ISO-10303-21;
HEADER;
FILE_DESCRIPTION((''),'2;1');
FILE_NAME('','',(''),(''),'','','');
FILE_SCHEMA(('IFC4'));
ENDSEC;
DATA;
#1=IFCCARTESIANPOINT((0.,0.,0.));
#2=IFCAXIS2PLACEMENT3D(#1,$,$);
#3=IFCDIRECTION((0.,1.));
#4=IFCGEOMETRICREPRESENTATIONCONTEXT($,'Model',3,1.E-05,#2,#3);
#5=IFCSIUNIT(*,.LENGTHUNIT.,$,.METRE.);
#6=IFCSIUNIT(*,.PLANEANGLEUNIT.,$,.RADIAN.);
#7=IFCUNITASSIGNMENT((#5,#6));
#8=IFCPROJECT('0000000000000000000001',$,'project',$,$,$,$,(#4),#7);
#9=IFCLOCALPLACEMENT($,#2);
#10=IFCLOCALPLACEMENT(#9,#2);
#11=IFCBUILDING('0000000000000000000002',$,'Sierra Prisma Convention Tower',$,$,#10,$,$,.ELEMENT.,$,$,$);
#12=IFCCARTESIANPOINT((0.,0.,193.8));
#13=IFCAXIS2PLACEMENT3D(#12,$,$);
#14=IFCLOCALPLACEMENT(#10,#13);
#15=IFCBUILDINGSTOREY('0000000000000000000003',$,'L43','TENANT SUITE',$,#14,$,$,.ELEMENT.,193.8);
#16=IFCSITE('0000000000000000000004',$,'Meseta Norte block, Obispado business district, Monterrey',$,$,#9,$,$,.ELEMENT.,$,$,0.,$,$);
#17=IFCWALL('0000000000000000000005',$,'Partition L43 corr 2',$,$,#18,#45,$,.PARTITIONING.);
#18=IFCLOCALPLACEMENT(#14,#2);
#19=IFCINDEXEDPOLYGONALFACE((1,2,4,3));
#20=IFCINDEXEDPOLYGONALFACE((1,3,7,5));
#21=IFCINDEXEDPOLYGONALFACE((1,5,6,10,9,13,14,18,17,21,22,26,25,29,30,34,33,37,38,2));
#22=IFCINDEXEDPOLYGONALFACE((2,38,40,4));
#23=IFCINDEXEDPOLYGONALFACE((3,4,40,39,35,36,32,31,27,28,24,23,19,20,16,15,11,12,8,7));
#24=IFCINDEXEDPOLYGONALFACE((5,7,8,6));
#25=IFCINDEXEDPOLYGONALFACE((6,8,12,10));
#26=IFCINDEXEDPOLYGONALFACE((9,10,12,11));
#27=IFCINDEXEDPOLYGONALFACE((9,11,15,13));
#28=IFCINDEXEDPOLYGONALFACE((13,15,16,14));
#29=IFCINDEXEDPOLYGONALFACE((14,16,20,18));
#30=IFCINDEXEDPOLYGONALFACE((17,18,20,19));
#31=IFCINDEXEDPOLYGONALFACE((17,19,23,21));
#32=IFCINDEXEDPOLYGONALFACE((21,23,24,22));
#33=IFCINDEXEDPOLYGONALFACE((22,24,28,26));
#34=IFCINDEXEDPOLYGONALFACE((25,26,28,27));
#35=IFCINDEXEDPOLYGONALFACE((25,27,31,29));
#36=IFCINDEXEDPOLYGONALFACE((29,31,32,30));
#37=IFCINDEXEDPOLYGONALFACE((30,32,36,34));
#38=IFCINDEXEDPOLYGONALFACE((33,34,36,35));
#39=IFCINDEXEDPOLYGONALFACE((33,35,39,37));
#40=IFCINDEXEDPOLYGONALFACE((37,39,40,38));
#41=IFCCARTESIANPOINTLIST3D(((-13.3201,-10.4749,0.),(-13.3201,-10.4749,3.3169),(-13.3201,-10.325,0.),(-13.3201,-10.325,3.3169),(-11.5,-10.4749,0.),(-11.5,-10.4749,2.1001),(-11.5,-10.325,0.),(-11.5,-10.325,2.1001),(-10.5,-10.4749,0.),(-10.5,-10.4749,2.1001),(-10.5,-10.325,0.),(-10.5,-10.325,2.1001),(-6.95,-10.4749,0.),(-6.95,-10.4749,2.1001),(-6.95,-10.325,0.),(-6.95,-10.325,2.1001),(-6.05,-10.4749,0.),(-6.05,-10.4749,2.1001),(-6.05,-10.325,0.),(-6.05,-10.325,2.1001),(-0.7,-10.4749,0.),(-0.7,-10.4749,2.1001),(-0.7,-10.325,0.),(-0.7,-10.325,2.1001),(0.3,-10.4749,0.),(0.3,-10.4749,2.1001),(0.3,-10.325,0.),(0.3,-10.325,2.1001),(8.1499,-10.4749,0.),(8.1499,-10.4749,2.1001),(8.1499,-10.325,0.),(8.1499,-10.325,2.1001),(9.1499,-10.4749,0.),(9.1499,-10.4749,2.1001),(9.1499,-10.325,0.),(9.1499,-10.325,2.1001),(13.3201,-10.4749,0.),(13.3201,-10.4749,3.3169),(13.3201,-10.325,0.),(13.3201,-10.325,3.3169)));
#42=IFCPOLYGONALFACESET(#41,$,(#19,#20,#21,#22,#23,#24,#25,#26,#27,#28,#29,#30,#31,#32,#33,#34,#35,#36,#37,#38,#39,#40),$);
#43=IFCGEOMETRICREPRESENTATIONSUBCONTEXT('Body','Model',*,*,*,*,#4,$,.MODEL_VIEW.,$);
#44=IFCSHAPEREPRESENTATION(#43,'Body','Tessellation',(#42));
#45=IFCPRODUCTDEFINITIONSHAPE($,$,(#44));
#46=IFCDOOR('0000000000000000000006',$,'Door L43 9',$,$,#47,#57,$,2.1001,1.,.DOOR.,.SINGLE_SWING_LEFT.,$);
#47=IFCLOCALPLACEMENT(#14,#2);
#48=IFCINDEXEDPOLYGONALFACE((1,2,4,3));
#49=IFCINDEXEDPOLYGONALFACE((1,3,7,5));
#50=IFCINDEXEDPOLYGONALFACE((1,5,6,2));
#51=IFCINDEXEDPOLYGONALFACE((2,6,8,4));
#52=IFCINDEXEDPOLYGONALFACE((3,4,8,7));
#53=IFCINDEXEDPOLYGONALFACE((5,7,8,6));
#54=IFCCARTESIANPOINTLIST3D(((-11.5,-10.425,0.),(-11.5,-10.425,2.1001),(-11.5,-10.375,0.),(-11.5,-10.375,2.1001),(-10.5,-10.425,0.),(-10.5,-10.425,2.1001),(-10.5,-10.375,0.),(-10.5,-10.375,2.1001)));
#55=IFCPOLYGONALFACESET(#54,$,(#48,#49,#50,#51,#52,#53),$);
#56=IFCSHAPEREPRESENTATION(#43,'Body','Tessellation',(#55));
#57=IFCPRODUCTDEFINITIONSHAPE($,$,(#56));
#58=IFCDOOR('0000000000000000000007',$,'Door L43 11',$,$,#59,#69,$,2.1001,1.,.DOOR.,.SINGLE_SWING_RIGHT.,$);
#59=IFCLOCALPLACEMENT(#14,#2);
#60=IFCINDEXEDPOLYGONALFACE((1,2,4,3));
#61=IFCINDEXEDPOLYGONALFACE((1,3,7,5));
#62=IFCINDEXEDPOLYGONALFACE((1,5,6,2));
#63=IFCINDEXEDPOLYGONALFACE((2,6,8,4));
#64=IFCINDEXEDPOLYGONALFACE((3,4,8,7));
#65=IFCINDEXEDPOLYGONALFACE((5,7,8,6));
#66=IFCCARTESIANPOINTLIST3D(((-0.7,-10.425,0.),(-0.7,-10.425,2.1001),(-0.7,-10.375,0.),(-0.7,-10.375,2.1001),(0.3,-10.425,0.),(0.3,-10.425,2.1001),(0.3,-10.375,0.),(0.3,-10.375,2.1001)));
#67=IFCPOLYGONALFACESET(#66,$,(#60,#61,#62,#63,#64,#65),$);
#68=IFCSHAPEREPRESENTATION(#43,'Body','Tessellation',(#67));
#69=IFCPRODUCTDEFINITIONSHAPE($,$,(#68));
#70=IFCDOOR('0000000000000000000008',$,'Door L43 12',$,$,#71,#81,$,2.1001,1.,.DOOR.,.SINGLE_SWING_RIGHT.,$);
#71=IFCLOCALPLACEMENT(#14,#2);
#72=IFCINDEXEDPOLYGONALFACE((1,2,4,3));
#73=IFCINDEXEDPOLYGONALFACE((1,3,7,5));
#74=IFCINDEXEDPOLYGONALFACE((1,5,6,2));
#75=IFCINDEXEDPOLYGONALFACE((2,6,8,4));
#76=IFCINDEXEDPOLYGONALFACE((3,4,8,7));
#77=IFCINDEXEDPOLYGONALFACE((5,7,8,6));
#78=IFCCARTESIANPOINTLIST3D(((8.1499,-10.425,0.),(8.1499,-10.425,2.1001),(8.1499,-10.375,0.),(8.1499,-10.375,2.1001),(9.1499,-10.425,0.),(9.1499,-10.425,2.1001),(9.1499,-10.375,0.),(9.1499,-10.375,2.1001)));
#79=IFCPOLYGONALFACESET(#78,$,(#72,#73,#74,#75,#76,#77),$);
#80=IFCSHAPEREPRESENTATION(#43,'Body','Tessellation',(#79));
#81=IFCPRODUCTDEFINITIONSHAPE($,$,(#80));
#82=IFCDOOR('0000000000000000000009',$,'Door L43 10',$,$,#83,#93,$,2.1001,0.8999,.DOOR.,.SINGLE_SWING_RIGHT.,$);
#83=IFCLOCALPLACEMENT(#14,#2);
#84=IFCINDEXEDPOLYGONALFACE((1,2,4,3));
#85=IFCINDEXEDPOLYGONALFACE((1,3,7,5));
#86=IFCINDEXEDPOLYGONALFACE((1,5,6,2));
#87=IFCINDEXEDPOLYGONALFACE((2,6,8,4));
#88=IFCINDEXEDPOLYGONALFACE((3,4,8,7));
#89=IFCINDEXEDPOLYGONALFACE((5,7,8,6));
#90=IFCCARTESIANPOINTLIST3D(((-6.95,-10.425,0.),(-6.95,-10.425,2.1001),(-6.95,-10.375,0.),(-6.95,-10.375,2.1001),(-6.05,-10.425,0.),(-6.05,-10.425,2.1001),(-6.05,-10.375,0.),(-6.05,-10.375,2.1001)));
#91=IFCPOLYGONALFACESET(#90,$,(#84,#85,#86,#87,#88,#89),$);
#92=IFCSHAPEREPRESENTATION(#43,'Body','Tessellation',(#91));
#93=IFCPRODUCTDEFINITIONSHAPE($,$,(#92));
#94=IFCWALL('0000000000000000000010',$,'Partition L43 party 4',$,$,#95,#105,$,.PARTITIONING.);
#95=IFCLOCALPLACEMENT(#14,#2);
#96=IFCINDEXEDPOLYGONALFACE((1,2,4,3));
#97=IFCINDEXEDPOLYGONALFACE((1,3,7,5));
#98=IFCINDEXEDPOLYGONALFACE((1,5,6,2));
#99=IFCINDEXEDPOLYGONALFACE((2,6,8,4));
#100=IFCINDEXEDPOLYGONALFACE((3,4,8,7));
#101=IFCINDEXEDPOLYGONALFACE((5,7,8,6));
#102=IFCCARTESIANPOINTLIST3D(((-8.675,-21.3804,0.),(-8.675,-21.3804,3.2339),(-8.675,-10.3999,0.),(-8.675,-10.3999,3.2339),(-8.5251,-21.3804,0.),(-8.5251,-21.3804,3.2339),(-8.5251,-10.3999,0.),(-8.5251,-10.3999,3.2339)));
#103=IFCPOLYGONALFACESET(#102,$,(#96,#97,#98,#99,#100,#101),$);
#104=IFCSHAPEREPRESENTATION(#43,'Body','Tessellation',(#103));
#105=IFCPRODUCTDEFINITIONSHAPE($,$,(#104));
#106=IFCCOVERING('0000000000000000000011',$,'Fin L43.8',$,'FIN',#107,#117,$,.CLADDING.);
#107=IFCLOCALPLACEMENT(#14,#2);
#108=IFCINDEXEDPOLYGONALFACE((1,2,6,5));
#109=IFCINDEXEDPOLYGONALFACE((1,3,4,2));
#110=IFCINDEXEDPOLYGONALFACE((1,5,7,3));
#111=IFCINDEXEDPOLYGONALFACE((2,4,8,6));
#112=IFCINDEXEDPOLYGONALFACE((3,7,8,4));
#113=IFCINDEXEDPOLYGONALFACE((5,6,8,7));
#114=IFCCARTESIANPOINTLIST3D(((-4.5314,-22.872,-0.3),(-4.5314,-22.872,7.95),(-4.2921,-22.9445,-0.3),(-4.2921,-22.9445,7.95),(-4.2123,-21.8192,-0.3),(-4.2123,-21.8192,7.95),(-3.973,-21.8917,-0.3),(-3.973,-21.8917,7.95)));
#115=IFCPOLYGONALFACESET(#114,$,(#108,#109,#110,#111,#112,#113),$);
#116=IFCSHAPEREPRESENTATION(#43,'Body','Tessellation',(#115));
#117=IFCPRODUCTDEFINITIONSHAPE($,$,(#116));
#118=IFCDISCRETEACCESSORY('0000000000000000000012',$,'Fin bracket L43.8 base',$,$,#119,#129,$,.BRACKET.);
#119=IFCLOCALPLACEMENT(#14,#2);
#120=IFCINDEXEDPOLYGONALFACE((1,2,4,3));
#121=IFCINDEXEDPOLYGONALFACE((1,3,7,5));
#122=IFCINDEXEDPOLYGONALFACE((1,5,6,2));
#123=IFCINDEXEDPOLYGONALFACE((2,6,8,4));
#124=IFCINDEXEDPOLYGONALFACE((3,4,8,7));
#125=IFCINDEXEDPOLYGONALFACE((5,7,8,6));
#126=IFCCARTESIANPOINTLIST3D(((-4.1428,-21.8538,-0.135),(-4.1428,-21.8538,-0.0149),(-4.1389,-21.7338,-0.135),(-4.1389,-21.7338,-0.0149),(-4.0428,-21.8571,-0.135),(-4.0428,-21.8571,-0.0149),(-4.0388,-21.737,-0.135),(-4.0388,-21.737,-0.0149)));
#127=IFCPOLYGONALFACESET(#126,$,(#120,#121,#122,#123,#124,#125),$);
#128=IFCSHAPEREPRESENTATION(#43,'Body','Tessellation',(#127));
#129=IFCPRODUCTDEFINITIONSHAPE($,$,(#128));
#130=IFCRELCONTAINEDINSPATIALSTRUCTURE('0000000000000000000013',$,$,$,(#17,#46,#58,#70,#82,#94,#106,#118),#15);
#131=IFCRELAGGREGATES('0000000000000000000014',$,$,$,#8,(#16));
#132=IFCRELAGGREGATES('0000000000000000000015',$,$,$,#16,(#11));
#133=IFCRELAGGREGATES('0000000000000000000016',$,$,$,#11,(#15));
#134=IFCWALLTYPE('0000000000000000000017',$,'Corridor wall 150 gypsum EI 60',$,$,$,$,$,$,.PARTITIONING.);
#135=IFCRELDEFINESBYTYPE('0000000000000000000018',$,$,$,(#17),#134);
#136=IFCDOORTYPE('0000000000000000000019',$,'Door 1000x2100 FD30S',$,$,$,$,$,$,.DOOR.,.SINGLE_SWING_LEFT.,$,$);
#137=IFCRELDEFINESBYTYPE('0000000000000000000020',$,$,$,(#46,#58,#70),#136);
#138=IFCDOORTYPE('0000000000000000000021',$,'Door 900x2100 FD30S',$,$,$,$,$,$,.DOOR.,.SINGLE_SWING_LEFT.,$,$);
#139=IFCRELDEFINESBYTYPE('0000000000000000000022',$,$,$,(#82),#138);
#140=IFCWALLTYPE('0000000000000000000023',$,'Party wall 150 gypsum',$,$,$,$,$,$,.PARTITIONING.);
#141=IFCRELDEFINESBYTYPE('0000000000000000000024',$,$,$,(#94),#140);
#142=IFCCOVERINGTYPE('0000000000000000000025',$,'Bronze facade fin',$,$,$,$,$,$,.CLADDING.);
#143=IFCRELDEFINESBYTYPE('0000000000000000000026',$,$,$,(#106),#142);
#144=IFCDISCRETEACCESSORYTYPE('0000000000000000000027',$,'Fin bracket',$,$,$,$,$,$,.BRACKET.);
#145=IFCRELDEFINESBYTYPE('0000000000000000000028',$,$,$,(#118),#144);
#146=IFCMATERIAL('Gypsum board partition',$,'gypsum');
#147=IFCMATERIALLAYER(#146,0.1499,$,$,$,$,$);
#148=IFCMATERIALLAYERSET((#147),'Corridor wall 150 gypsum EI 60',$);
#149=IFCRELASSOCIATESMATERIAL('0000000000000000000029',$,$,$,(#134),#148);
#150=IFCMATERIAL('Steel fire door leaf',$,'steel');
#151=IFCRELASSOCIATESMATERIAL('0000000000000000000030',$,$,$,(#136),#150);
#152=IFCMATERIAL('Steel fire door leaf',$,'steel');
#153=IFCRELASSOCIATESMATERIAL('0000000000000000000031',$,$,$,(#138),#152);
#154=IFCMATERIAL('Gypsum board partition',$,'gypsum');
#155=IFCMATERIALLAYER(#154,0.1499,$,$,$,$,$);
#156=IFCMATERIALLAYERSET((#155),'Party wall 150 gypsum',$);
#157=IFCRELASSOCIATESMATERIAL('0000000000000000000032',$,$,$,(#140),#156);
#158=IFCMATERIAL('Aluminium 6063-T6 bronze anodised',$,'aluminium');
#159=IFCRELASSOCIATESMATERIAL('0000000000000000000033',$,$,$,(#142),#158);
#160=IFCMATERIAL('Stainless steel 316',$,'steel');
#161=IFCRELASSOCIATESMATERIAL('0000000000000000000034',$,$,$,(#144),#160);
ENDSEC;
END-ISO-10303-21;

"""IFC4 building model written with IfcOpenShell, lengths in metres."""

from ifc_helpers import new_model, si_unit, direction, frame, frame_2d, origin, origin_2d, place, context, subcontext, project, spatial, rectangle, extrude, material, layer, layer_set, material_profile, profile_set, type_object, element, fill, save


model = new_model("IFC4")

# Units and contexts
model_context = context("Model", 3, precision=1e-05, world=origin(), true_north=direction((0.0, 1.0)))
body_context = subcontext(model_context, "Body", "Model", "MODEL_VIEW")
ifc_project = project(units=[si_unit("LENGTHUNIT", "METRE"), si_unit("PLANEANGLEUNIT", "RADIAN")], contexts=[model_context])

# Site, building, storey
site_placement = place(None, origin())
site = spatial("IfcSite", under=ifc_project, at=site_placement, Name="Meseta Norte block, Obispado business district, Monterrey", CompositionType="ELEMENT", RefElevation=0.0)
building_placement = place(site_placement, origin())
building = spatial("IfcBuilding", under=site, at=building_placement, Name="Sierra Prisma Convention Tower", CompositionType="ELEMENT")
storey_placement = place(building_placement, frame((0.0, 0.0, 193.8)))
storey = spatial("IfcBuildingStorey", under=building, at=storey_placement, Name="L43", Description="TENANT SUITE", CompositionType="ELEMENT", Elevation=193.8)

# Wall, openings, doors
ifc_material_1 = material(Name="Gypsum board partition", Category="gypsum")
ifc_layer_1 = layer(ifc_material_1, 0.1499)
ifc_layer_set_1 = layer_set([ifc_layer_1], Name="Corridor wall 150 gypsum EI 60")
wall_type_1 = type_object("IfcWallType", Name="Corridor wall 150 gypsum EI 60", PredefinedType="PARTITIONING", material=ifc_layer_set_1)
wall_1_placement = place(storey_placement, frame((-13.3201, -10.3999, 0.0), z_axis=(0.0, 0.0, 1.0), x_axis=(1.0, 0.0, 0.0)))
wall_1 = element("IfcWall", 1, at=wall_1_placement, inside=storey, type_object=wall_type_1, Name="Partition L43 corr 2", PredefinedType="PARTITIONING", context=body_context, shape_type="SweptSolid", body=[
    extrude(rectangle(XDim=26.6401, YDim=0.1499, at=frame_2d((13.3201, 0.0))), origin(), (0.0, 0.0, 1.0), 3.3169),
])
opening_1_placement = place(wall_1_placement, frame((1.8201, 0.0, 0.0)))
opening_1 = element("IfcOpeningElement", 2, at=opening_1_placement, cuts=wall_1, PredefinedType="OPENING", context=body_context, shape_type="SweptSolid", body=[
    extrude(rectangle(XDim=1.0, YDim=2.1001, at=frame_2d((0.5, 1.05))), frame((0.0, 0.075, 0.0), z_axis=(0.0, -1.0, 0.0), x_axis=(1.0, 0.0, 0.0)), (0.0, 0.0, 1.0), 0.1499),
])
opening_2_placement = place(wall_1_placement, frame((6.3701, 0.0, 0.0)))
opening_2 = element("IfcOpeningElement", 3, at=opening_2_placement, cuts=wall_1, PredefinedType="OPENING", context=body_context, shape_type="SweptSolid", body=[
    extrude(rectangle(XDim=0.8999, YDim=2.1001, at=frame_2d((0.45, 1.05))), frame((0.0, 0.075, 0.0), z_axis=(0.0, -1.0, 0.0), x_axis=(1.0, 0.0, 0.0)), (0.0, 0.0, 1.0), 0.1499),
])
opening_3_placement = place(wall_1_placement, frame((12.6201, 0.0, 0.0)))
opening_3 = element("IfcOpeningElement", 4, at=opening_3_placement, cuts=wall_1, PredefinedType="OPENING", context=body_context, shape_type="SweptSolid", body=[
    extrude(rectangle(XDim=1.0, YDim=2.1001, at=frame_2d((0.5, 1.05))), frame((0.0, 0.075, 0.0), z_axis=(0.0, -1.0, 0.0), x_axis=(1.0, 0.0, 0.0)), (0.0, 0.0, 1.0), 0.1499),
])
opening_4_placement = place(wall_1_placement, frame((21.47, 0.0, 0.0)))
opening_4 = element("IfcOpeningElement", 5, at=opening_4_placement, cuts=wall_1, PredefinedType="OPENING", context=body_context, shape_type="SweptSolid", body=[
    extrude(rectangle(XDim=1.0, YDim=2.1001, at=frame_2d((0.5, 1.05))), frame((0.0, 0.075, 0.0), z_axis=(0.0, -1.0, 0.0), x_axis=(1.0, 0.0, 0.0)), (0.0, 0.0, 1.0), 0.1499),
])
ifc_material_2 = material(Name="Steel fire door leaf", Category="steel")
door_type_1 = type_object("IfcDoorType", Name="Door 1000x2100 FD30S", OperationType="SINGLE_SWING_LEFT", PredefinedType="DOOR", material=ifc_material_2)
door_1_placement = place(opening_1_placement, origin())
door_1 = element("IfcDoor", 6, at=door_1_placement, inside=storey, type_object=door_type_1, Name="Door L43 9", OperationType="SINGLE_SWING_LEFT", OverallHeight=2.1001, OverallWidth=1.0, PredefinedType="DOOR", context=body_context, shape_type="SweptSolid", body=[
    extrude(rectangle(XDim=1.0, YDim=2.1001, at=frame_2d((0.5, 1.05))), frame((0.0, 0.0249, 0.0), z_axis=(0.0, -1.0, 0.0), x_axis=(1.0, 0.0, 0.0)), (0.0, 0.0, 1.0), 0.05),
])
fill(opening_1, door_1)
door_2_placement = place(opening_3_placement, origin())
door_2 = element("IfcDoor", 7, at=door_2_placement, inside=storey, type_object=door_type_1, Name="Door L43 11", OperationType="SINGLE_SWING_RIGHT", OverallHeight=2.1001, OverallWidth=1.0, PredefinedType="DOOR", context=body_context, shape_type="SweptSolid", body=[
    extrude(rectangle(XDim=1.0, YDim=2.1001, at=frame_2d((0.5, 1.05))), frame((0.0, 0.0249, 0.0), z_axis=(0.0, -1.0, 0.0), x_axis=(1.0, 0.0, 0.0)), (0.0, 0.0, 1.0), 0.05),
])
fill(opening_3, door_2)
door_3_placement = place(opening_4_placement, origin())
door_3 = element("IfcDoor", 8, at=door_3_placement, inside=storey, type_object=door_type_1, Name="Door L43 12", OperationType="SINGLE_SWING_RIGHT", OverallHeight=2.1001, OverallWidth=1.0, PredefinedType="DOOR", context=body_context, shape_type="SweptSolid", body=[
    extrude(rectangle(XDim=1.0, YDim=2.1001, at=frame_2d((0.5, 1.05))), frame((0.0, 0.0249, 0.0), z_axis=(0.0, -1.0, 0.0), x_axis=(1.0, 0.0, 0.0)), (0.0, 0.0, 1.0), 0.05),
])
fill(opening_4, door_3)
ifc_material_3 = material(Name="Steel fire door leaf", Category="steel")
door_type_2 = type_object("IfcDoorType", Name="Door 900x2100 FD30S", OperationType="SINGLE_SWING_LEFT", PredefinedType="DOOR", material=ifc_material_3)
door_4_placement = place(opening_2_placement, origin())
door_4 = element("IfcDoor", 9, at=door_4_placement, inside=storey, type_object=door_type_2, Name="Door L43 10", OperationType="SINGLE_SWING_RIGHT", OverallHeight=2.1001, OverallWidth=0.8999, PredefinedType="DOOR", context=body_context, shape_type="SweptSolid", body=[
    extrude(rectangle(XDim=0.8999, YDim=2.1001, at=frame_2d((0.45, 1.05))), frame((0.0, 0.0249, 0.0), z_axis=(0.0, -1.0, 0.0), x_axis=(1.0, 0.0, 0.0)), (0.0, 0.0, 1.0), 0.05),
])
fill(opening_2, door_4)

# Wall
ifc_material_4 = material(Name="Gypsum board partition", Category="gypsum")
ifc_layer_2 = layer(ifc_material_4, 0.1499)
ifc_layer_set_2 = layer_set([ifc_layer_2], Name="Party wall 150 gypsum")
wall_type_2 = type_object("IfcWallType", Name="Party wall 150 gypsum", PredefinedType="PARTITIONING", material=ifc_layer_set_2)
wall_2_placement = place(storey_placement, frame((-8.6001, -10.3999, 0.0), z_axis=(0.0, 0.0, 1.0), x_axis=(0.0, -1.0, 0.0)))
element("IfcWall", 10, at=wall_2_placement, inside=storey, type_object=wall_type_2, Name="Partition L43 party 4", PredefinedType="PARTITIONING", context=body_context, shape_type="SweptSolid", body=[
    extrude(rectangle(XDim=10.9805, YDim=0.1499, at=frame_2d((5.4902, 0.0))), origin(), (0.0, 0.0, 1.0), 3.2339),
])

# Covering
ifc_material_5 = material(Name="Aluminium 6063-T6 bronze anodised", Category="aluminium")
ifc_material_profile_1 = material_profile(ifc_material_5, rectangle(XDim=1.1001, YDim=0.25, at=origin_2d()), Name="ALU FIN 1100x250")
ifc_profile_set_1 = profile_set([ifc_material_profile_1], Name="Aluminium 6063-T6 bronze anodised")
covering_type = type_object("IfcCoveringType", Name="Bronze facade fin", PredefinedType="CLADDING", material=ifc_profile_set_1)
covering_placement = place(storey_placement, frame((-4.2522, -22.3818, -0.3), z_axis=(0.0, 0.0, 1.0), x_axis=(-0.290088, -0.957, 0.0)))
element("IfcCovering", 11, at=covering_placement, inside=storey, type_object=covering_type, Name="Fin L43.8", ObjectType="FIN", PredefinedType="CLADDING", context=body_context, shape_type="SweptSolid", body=[
    extrude(rectangle(XDim=1.1001, YDim=0.25, at=origin_2d()), origin(), (0.0, 0.0, 1.0), 8.25),
])

# Discrete accessory
ifc_material_6 = material(Name="Stainless steel 316", Category="steel")
discrete_accessory_type = type_object("IfcDiscreteAccessoryType", Name="Fin bracket", PredefinedType="BRACKET", material=ifc_material_6)
discrete_accessory_placement = place(storey_placement, frame((-4.0908, -21.7954, -0.135), z_axis=(0.0, 0.0, 1.0), x_axis=(-0.032514, -0.999471, 0.0)))
element("IfcDiscreteAccessory", 12, at=discrete_accessory_placement, inside=storey, type_object=discrete_accessory_type, Name="Fin bracket L43.8 base", PredefinedType="BRACKET", context=body_context, shape_type="SweptSolid", body=[
    extrude(rectangle(XDim=0.1201, YDim=0.1001, at=origin_2d()), origin(), (0.0, 0.0, 1.0), 0.1201),
])

save(model, "model.ifc")
